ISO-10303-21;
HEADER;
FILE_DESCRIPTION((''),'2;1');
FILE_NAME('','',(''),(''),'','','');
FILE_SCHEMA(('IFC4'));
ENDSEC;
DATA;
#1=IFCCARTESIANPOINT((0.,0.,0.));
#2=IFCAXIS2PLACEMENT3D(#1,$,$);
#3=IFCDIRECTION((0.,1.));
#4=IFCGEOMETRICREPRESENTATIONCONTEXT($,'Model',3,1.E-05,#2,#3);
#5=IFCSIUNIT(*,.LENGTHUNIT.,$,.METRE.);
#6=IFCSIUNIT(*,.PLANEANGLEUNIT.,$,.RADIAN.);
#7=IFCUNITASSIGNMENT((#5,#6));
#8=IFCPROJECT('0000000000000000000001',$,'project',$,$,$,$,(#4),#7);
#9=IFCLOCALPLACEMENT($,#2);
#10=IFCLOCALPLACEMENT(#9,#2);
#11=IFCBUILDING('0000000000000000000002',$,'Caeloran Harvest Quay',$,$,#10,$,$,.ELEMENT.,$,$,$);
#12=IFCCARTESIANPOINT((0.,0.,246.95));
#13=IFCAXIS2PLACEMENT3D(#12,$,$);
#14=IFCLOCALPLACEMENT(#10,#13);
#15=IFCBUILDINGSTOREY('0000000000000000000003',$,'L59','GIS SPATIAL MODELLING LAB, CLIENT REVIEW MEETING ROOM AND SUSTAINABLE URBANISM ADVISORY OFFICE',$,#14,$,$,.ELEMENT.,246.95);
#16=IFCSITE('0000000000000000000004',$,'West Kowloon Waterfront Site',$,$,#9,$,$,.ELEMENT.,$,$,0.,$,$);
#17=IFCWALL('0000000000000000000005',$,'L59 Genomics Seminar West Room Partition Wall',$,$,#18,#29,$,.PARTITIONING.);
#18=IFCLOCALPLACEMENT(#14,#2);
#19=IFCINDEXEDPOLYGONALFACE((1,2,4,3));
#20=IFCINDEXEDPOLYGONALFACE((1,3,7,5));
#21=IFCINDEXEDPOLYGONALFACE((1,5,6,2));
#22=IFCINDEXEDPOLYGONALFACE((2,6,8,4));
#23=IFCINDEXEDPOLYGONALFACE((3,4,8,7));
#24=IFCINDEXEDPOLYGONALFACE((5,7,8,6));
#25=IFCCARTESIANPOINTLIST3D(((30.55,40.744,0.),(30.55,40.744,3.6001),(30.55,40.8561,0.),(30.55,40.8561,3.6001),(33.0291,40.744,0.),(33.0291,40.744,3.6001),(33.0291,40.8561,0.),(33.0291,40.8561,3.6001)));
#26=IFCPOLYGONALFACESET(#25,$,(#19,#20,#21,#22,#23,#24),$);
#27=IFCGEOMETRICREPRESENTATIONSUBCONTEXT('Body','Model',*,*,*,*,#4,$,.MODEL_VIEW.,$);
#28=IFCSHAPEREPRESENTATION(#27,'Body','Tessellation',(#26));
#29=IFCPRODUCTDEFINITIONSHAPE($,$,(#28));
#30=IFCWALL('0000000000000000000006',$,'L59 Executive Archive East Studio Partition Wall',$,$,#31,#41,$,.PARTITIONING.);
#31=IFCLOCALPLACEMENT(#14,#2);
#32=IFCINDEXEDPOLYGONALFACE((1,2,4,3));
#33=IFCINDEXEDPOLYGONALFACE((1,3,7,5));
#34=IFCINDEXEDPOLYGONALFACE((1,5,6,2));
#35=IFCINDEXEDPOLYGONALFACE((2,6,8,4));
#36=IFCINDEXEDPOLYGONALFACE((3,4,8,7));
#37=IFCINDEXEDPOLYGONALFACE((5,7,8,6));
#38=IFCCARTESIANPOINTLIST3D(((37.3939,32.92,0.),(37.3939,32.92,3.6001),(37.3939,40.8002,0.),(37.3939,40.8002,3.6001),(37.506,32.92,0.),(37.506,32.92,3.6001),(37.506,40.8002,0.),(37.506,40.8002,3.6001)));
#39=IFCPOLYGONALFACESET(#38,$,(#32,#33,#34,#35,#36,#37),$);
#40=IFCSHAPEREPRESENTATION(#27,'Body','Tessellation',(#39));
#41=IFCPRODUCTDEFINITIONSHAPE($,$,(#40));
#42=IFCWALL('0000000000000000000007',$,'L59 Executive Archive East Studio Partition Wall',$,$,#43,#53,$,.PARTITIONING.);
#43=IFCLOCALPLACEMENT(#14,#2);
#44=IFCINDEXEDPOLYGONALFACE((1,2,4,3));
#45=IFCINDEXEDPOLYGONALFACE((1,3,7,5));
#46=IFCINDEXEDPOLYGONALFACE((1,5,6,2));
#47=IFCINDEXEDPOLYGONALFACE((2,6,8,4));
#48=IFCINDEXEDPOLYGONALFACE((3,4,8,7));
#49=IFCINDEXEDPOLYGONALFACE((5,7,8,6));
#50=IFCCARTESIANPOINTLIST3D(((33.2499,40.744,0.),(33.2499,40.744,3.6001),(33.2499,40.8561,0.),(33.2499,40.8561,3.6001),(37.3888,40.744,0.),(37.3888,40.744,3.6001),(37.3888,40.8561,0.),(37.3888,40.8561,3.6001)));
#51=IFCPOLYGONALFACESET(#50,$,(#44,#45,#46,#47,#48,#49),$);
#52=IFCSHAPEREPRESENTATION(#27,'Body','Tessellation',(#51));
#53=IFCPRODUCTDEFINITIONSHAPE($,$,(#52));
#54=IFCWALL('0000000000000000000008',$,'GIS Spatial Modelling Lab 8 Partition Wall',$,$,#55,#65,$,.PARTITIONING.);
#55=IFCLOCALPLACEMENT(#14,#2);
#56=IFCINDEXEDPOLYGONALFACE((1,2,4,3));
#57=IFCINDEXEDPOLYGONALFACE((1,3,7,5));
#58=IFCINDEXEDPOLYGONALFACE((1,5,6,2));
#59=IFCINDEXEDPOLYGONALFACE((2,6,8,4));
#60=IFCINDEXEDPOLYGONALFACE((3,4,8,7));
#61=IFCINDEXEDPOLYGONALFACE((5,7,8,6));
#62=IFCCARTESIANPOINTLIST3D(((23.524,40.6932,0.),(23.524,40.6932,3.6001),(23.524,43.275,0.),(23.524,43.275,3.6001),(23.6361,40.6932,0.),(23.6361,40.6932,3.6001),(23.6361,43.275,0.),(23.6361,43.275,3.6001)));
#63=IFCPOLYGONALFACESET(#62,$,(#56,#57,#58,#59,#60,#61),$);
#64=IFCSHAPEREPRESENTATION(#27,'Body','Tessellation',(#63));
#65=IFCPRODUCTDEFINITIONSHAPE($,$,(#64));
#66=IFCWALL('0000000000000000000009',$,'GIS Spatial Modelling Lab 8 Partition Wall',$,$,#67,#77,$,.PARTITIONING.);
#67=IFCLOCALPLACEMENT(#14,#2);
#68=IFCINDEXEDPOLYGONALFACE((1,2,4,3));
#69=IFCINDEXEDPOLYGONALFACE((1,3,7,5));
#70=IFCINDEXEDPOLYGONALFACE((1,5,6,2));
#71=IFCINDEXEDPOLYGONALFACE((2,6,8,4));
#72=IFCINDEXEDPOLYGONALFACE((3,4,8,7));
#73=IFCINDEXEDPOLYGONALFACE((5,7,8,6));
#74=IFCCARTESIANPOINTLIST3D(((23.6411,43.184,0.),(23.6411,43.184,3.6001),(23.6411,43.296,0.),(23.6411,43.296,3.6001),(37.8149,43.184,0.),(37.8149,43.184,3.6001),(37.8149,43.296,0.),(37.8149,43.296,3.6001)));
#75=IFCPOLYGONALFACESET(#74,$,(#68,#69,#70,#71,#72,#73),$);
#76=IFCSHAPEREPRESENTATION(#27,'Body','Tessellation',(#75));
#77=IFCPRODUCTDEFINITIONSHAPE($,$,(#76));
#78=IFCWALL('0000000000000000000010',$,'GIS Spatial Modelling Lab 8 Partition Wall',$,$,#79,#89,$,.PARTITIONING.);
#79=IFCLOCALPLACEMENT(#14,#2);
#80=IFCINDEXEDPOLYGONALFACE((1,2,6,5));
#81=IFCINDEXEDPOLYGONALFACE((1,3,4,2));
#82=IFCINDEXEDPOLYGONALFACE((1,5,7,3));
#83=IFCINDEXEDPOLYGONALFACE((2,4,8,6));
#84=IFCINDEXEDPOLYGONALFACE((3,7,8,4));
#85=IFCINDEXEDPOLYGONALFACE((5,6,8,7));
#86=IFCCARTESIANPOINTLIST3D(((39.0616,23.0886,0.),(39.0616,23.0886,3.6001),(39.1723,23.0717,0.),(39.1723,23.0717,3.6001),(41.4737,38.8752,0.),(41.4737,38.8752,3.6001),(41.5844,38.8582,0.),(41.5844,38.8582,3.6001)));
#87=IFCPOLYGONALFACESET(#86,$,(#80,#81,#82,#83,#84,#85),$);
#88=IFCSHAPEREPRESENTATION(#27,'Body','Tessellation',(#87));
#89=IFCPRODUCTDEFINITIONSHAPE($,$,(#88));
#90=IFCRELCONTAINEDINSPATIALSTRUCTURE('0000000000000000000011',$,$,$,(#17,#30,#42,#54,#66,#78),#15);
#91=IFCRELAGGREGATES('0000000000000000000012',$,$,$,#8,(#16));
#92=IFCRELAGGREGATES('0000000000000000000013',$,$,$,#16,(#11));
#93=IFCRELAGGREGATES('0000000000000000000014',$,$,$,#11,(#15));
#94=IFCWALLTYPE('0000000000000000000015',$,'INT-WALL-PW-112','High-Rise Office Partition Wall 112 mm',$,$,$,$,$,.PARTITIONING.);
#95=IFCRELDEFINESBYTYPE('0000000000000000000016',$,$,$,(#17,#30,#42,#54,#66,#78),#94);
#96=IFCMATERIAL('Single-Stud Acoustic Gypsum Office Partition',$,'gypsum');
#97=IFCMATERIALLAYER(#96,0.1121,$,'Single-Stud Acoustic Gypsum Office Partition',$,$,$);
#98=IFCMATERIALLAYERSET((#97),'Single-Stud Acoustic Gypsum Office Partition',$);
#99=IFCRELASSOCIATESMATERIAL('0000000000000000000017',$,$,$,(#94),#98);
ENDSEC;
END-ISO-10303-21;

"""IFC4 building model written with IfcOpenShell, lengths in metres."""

from ifc_helpers import new_model, si_unit, direction, frame, frame_2d, origin, place, context, subcontext, project, spatial, rectangle, extrude, material, layer, layer_set, type_object, element, save


model = new_model("IFC4")

# Units and contexts
model_context = context("Model", 3, precision=1e-05, world=origin(), true_north=direction((0.0, 1.0)))
body_context = subcontext(model_context, "Body", "Model", "MODEL_VIEW")
ifc_project = project(units=[si_unit("LENGTHUNIT", "METRE"), si_unit("PLANEANGLEUNIT", "RADIAN")], contexts=[model_context])

# Site, building, storey
site_placement = place(None, origin())
site = spatial("IfcSite", under=ifc_project, at=site_placement, Name="West Kowloon Waterfront Site", CompositionType="ELEMENT", RefElevation=0.0)
building_placement = place(site_placement, origin())
building = spatial("IfcBuilding", under=site, at=building_placement, Name="Caeloran Harvest Quay", CompositionType="ELEMENT")
storey_placement = place(building_placement, frame((0.0, 0.0, 246.95)))
storey = spatial("IfcBuildingStorey", under=building, at=storey_placement, Name="L59", Description="GIS SPATIAL MODELLING LAB, CLIENT REVIEW MEETING ROOM AND SUSTAINABLE URBANISM ADVISORY OFFICE", CompositionType="ELEMENT", Elevation=246.95)

# Walls
ifc_material_1 = material(Name="Single-Stud Acoustic Gypsum Office Partition", Category="gypsum")
ifc_layer_1 = layer(ifc_material_1, 0.1121, Name="Single-Stud Acoustic Gypsum Office Partition")
ifc_layer_set_1 = layer_set([ifc_layer_1], Name="Single-Stud Acoustic Gypsum Office Partition")
wall_type_1 = type_object("IfcWallType", Name="INT-WALL-PW-112", Description="High-Rise Office Partition Wall 112 mm", PredefinedType="PARTITIONING", material=ifc_layer_set_1)
wall_1_placement = place(storey_placement, frame((30.55, 40.8, 0.0), z_axis=(0.0, 0.0, 1.0), x_axis=(1.0, 0.0, 0.0)))
element("IfcWall", 1, at=wall_1_placement, inside=storey, type_object=wall_type_1, Name="L59 Genomics Seminar West Room Partition Wall", PredefinedType="PARTITIONING", context=body_context, shape_type="SweptSolid", body=[
    extrude(rectangle(XDim=2.479, YDim=0.1121, at=frame_2d((1.2395, 0.0))), origin(), (0.0, 0.0, 1.0), 3.6001),
])
wall_2_placement = place(storey_placement, frame((37.45, 40.8, 0.0), z_axis=(0.0, 0.0, 1.0), x_axis=(0.0, -1.0, 0.0)))
element("IfcWall", 2, at=wall_2_placement, inside=storey, type_object=wall_type_1, Name="L59 Executive Archive East Studio Partition Wall", PredefinedType="PARTITIONING", context=body_context, shape_type="SweptSolid", body=[
    extrude(rectangle(XDim=7.8801, YDim=0.1121, at=frame_2d((3.9399, 0.0))), origin(), (0.0, 0.0, 1.0), 3.6001),
])
wall_3_placement = place(storey_placement, frame((33.25, 40.8, 0.0), z_axis=(0.0, 0.0, 1.0), x_axis=(1.0, 0.0, 0.0)))
element("IfcWall", 3, at=wall_3_placement, inside=storey, type_object=wall_type_1, Name="L59 Executive Archive East Studio Partition Wall", PredefinedType="PARTITIONING", context=body_context, shape_type="SweptSolid", body=[
    extrude(rectangle(XDim=4.1389, YDim=0.1121, at=frame_2d((2.0693, 0.0))), origin(), (0.0, 0.0, 1.0), 3.6001),
])
wall_4_placement = place(storey_placement, frame((23.5801, 40.6931, 0.0), z_axis=(0.0, 0.0, 1.0), x_axis=(0.0, 1.0, 0.0)))
element("IfcWall", 4, at=wall_4_placement, inside=storey, type_object=wall_type_1, Name="GIS Spatial Modelling Lab 8 Partition Wall", PredefinedType="PARTITIONING", context=body_context, shape_type="SweptSolid", body=[
    extrude(rectangle(XDim=2.5818, YDim=0.1121, at=frame_2d((1.291, 0.0))), origin(), (0.0, 0.0, 1.0), 3.6001),
])
wall_5_placement = place(storey_placement, frame((23.6411, 43.24, 0.0), z_axis=(0.0, 0.0, 1.0), x_axis=(1.0, 0.0, 0.0)))
element("IfcWall", 5, at=wall_5_placement, inside=storey, type_object=wall_type_1, Name="GIS Spatial Modelling Lab 8 Partition Wall", PredefinedType="PARTITIONING", context=body_context, shape_type="SweptSolid", body=[
    extrude(rectangle(XDim=14.1738, YDim=0.1121, at=frame_2d((7.0869, 0.0))), origin(), (0.0, 0.0, 1.0), 3.6001),
])
wall_6_placement = place(storey_placement, frame((41.5291, 38.8667, 0.0), z_axis=(0.0, 0.0, 1.0), x_axis=(-0.151042, -0.988527, 0.0)))
element("IfcWall", 6, at=wall_6_placement, inside=storey, type_object=wall_type_1, Name="GIS Spatial Modelling Lab 8 Partition Wall", PredefinedType="PARTITIONING", context=body_context, shape_type="SweptSolid", body=[
    extrude(rectangle(XDim=15.9697, YDim=0.1121, at=frame_2d((7.9849, 0.0))), origin(), (0.0, 0.0, 1.0), 3.6001),
])

save(model, "model.ifc")
